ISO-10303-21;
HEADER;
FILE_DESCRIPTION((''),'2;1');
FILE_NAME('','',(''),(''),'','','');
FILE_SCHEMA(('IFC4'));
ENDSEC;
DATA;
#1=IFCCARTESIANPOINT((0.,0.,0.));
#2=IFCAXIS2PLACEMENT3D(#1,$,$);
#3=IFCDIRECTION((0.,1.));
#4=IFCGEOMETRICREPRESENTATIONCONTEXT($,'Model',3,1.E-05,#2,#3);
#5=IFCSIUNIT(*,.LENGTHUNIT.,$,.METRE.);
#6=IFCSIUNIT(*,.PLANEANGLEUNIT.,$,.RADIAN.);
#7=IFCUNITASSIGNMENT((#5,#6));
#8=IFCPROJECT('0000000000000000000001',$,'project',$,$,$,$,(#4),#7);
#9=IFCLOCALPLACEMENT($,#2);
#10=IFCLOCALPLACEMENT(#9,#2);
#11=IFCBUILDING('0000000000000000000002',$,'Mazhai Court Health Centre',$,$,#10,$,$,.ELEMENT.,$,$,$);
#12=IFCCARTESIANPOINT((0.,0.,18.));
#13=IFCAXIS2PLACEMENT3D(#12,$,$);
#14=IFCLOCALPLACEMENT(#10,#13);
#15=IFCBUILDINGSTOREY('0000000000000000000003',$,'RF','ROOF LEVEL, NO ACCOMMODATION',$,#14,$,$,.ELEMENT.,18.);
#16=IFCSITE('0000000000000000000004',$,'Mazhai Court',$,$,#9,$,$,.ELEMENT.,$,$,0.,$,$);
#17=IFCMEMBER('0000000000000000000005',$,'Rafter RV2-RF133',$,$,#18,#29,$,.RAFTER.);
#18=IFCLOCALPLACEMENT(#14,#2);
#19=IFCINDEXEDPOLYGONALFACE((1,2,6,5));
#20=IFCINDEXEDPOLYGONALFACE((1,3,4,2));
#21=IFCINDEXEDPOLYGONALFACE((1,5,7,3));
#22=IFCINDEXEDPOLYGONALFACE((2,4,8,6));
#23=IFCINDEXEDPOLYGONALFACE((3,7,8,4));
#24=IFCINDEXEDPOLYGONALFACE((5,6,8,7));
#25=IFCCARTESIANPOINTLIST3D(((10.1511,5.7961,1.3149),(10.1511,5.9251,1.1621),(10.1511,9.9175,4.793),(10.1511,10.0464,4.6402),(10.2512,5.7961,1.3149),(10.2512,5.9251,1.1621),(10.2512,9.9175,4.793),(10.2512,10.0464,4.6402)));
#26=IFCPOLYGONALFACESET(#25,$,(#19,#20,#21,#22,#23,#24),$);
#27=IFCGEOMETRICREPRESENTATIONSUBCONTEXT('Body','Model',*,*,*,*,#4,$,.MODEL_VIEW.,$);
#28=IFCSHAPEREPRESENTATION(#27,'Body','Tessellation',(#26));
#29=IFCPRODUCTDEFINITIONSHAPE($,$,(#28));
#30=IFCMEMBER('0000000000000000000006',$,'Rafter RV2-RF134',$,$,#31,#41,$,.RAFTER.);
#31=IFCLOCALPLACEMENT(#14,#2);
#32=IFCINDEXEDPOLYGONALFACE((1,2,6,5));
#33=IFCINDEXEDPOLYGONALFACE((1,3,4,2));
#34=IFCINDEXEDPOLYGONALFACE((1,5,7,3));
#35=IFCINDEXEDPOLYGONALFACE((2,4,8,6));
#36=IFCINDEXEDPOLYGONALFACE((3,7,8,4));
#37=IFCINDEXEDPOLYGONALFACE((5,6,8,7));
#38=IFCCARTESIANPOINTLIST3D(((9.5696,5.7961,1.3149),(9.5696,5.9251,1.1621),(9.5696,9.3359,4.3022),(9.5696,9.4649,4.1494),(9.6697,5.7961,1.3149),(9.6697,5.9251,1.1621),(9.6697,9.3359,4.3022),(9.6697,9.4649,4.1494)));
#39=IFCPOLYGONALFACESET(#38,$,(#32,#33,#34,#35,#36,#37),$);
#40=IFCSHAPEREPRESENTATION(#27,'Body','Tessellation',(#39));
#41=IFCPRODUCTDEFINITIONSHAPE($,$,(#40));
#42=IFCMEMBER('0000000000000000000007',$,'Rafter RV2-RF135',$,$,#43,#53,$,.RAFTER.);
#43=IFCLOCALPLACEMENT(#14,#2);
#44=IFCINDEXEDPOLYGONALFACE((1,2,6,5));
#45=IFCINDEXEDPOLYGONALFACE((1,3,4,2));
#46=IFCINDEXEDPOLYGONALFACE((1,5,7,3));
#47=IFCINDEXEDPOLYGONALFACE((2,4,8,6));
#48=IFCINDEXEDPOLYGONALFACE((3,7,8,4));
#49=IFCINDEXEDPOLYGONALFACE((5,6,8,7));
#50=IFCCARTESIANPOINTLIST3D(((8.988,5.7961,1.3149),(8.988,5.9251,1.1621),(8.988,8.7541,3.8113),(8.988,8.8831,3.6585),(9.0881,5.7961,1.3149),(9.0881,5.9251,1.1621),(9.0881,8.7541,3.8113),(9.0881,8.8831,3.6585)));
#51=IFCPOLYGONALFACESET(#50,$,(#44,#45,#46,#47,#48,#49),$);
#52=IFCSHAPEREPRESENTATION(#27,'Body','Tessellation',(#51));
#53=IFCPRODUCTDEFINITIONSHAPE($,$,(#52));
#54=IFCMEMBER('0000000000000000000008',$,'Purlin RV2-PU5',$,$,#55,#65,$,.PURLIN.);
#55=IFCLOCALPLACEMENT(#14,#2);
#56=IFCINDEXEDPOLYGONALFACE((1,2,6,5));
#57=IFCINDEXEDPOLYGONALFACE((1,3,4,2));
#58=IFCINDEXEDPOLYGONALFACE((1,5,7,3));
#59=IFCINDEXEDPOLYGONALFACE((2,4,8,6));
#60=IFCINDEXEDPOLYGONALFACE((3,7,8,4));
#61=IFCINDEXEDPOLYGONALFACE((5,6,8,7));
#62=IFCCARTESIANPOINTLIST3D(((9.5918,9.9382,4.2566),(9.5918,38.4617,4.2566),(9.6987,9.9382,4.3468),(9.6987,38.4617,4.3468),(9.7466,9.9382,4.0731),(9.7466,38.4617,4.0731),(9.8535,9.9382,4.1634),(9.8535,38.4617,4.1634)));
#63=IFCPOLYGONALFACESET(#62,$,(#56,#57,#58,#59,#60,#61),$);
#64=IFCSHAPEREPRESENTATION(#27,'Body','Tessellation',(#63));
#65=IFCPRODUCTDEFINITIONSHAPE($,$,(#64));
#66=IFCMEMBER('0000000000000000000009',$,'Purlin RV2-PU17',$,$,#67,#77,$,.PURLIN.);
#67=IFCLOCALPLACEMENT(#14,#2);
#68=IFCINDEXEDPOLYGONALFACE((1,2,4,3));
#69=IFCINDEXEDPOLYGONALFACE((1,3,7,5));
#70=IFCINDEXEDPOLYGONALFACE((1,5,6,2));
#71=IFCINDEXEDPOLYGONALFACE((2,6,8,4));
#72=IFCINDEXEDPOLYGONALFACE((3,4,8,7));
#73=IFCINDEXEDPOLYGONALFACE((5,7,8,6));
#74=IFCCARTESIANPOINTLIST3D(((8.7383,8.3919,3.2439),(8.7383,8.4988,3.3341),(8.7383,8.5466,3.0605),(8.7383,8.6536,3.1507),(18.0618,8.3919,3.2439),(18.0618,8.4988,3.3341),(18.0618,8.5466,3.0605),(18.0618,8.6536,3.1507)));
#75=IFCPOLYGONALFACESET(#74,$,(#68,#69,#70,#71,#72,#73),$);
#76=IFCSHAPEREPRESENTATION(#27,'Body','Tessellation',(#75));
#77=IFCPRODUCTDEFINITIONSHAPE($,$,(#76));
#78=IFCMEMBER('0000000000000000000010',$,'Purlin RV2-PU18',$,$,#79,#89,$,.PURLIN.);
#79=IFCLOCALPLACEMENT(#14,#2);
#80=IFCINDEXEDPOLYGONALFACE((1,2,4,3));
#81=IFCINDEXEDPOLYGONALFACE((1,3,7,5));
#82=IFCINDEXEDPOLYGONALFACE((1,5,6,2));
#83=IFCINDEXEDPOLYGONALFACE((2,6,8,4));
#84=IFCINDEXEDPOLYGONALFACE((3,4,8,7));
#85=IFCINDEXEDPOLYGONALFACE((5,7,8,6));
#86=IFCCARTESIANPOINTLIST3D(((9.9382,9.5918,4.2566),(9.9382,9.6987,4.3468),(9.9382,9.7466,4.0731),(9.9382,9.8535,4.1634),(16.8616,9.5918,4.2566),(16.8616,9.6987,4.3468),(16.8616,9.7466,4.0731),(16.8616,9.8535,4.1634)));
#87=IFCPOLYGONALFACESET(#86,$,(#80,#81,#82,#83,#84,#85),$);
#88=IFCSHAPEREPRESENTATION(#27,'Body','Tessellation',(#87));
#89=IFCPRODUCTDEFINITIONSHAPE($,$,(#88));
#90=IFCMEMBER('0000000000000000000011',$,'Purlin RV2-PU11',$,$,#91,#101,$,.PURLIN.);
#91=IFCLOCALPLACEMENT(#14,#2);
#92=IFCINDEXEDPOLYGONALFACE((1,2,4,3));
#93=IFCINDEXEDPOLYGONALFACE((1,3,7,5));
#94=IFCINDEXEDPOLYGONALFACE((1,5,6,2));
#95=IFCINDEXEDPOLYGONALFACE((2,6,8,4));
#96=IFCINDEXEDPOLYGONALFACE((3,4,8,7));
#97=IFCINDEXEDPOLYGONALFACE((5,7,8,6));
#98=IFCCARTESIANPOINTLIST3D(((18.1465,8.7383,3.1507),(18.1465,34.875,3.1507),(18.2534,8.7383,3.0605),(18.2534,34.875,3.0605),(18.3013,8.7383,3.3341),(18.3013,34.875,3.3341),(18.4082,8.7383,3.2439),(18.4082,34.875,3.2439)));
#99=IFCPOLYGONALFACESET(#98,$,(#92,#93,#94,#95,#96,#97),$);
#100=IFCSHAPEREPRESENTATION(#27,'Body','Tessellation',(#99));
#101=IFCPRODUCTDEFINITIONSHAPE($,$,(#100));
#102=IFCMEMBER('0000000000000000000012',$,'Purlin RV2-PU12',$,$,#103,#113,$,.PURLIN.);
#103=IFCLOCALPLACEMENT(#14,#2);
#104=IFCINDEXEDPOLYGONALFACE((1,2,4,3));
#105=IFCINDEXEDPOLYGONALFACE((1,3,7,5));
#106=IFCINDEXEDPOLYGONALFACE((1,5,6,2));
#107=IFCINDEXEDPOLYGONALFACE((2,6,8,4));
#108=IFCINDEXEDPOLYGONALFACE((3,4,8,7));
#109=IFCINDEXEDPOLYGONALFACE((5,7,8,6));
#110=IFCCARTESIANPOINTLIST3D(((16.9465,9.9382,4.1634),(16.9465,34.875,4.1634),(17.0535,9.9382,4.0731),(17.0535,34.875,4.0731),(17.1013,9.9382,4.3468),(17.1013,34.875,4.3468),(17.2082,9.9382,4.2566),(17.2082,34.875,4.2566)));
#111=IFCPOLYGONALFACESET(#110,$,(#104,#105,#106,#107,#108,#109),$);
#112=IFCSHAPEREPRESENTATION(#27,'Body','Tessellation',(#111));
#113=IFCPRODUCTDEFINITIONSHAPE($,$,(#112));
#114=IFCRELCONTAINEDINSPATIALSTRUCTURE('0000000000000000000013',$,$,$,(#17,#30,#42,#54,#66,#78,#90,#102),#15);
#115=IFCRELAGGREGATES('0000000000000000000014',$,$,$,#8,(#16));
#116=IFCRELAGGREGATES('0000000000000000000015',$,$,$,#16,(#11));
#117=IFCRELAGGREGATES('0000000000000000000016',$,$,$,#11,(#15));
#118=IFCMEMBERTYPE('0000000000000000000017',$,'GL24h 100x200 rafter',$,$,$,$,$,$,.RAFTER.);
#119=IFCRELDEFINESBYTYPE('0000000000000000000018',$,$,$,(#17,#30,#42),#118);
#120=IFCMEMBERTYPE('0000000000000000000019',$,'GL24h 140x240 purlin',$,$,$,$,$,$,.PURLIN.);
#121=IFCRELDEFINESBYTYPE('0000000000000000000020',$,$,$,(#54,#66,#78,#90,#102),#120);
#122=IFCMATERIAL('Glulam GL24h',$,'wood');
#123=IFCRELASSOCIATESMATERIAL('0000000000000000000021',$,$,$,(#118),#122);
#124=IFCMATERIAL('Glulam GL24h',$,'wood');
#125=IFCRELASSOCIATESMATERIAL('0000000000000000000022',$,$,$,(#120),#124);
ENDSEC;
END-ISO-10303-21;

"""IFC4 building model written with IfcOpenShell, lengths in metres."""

from ifc_helpers import new_model, si_unit, direction, frame, origin, origin_2d, place, context, subcontext, project, spatial, rectangle, extrude, material, material_profile, profile_set, type_object, element, save


model = new_model("IFC4")

# Units and contexts
model_context = context("Model", 3, precision=1e-05, world=origin(), true_north=direction((0.0, 1.0)))
body_context = subcontext(model_context, "Body", "Model", "MODEL_VIEW")
ifc_project = project(units=[si_unit("LENGTHUNIT", "METRE"), si_unit("PLANEANGLEUNIT", "RADIAN")], contexts=[model_context])

# Site, building, storey
site_placement = place(None, origin())
site = spatial("IfcSite", under=ifc_project, at=site_placement, Name="Mazhai Court", CompositionType="ELEMENT", RefElevation=0.0)
building_placement = place(site_placement, origin())
building = spatial("IfcBuilding", under=site, at=building_placement, Name="Mazhai Court Health Centre", CompositionType="ELEMENT")
storey_placement = place(building_placement, frame((0.0, 0.0, 18.0)))
storey = spatial("IfcBuildingStorey", under=building, at=storey_placement, Name="RF", Description="ROOF LEVEL, NO ACCOMMODATION", CompositionType="ELEMENT", Elevation=18.0)

# Members
ifc_material_1 = material(Name="Glulam GL24h", Category="wood")
ifc_material_profile_1 = material_profile(ifc_material_1, rectangle(XDim=0.1001, YDim=0.2, at=origin_2d()), Name="GL24h 100x200")
ifc_profile_set_1 = profile_set([ifc_material_profile_1], Name="Glulam GL24h")
member_type_1 = type_object("IfcMemberType", Name="GL24h 100x200 rafter", PredefinedType="RAFTER", material=ifc_profile_set_1)
member_1_placement = place(storey_placement, frame((10.2012, 5.8606, 1.2385), z_axis=(0.0, 0.764232, 0.644941), x_axis=(-1.0, 0.0, 0.0)))
element("IfcMember", 1, at=member_1_placement, inside=storey, type_object=member_type_1, Name="Rafter RV2-RF133", PredefinedType="RAFTER", context=body_context, shape_type="SweptSolid", body=[
    extrude(rectangle(XDim=0.1001, YDim=0.2, at=origin_2d()), origin(), (0.0, 0.0, 1.0), 5.3928),
])
member_2_placement = place(storey_placement, frame((9.6196, 5.8606, 1.2385), z_axis=(0.0, 0.764227, 0.644947), x_axis=(-1.0, 0.0, 0.0)))
element("IfcMember", 2, at=member_2_placement, inside=storey, type_object=member_type_1, Name="Rafter RV2-RF134", PredefinedType="RAFTER", context=body_context, shape_type="SweptSolid", body=[
    extrude(rectangle(XDim=0.1001, YDim=0.2, at=origin_2d()), origin(), (0.0, 0.0, 1.0), 4.6318),
])
member_3_placement = place(storey_placement, frame((9.0381, 5.8606, 1.2385), z_axis=(0.0, 0.764225, 0.644949), x_axis=(-1.0, 0.0, 0.0)))
element("IfcMember", 3, at=member_3_placement, inside=storey, type_object=member_type_1, Name="Rafter RV2-RF135", PredefinedType="RAFTER", context=body_context, shape_type="SweptSolid", body=[
    extrude(rectangle(XDim=0.1001, YDim=0.2, at=origin_2d()), origin(), (0.0, 0.0, 1.0), 3.8706),
])
ifc_material_2 = material(Name="Glulam GL24h", Category="wood")
ifc_material_profile_2 = material_profile(ifc_material_2, rectangle(XDim=0.1399, YDim=0.24, at=origin_2d()), Name="GL24h 140x240")
ifc_profile_set_2 = profile_set([ifc_material_profile_2], Name="Glulam GL24h")
member_type_2 = type_object("IfcMemberType", Name="GL24h 140x240 purlin", PredefinedType="PURLIN", material=ifc_profile_set_2)
member_4_placement = place(storey_placement, frame((9.7227, 9.9382, 4.21), z_axis=(0.0, 1.0, 0.0), x_axis=(-0.76422, 0.0, -0.644955)))
element("IfcMember", 4, at=member_4_placement, inside=storey, type_object=member_type_2, Name="Purlin RV2-PU5", PredefinedType="PURLIN", context=body_context, shape_type="SweptSolid", body=[
    extrude(rectangle(XDim=0.1399, YDim=0.24, at=origin_2d()), origin(), (0.0, 0.0, 1.0), 28.5234),
])
member_5_placement = place(storey_placement, frame((8.7383, 8.5227, 3.1973), z_axis=(1.0, 0.0, 0.0), x_axis=(0.0, 0.76422, 0.644955)))
element("IfcMember", 5, at=member_5_placement, inside=storey, type_object=member_type_2, Name="Purlin RV2-PU17", PredefinedType="PURLIN", context=body_context, shape_type="SweptSolid", body=[
    extrude(rectangle(XDim=0.1399, YDim=0.24, at=origin_2d()), origin(), (0.0, 0.0, 1.0), 9.3235),
])
member_6_placement = place(storey_placement, frame((9.9382, 9.7227, 4.21), z_axis=(1.0, 0.0, 0.0), x_axis=(0.0, 0.76422, 0.644955)))
element("IfcMember", 6, at=member_6_placement, inside=storey, type_object=member_type_2, Name="Purlin RV2-PU18", PredefinedType="PURLIN", context=body_context, shape_type="SweptSolid", body=[
    extrude(rectangle(XDim=0.1399, YDim=0.24, at=origin_2d()), origin(), (0.0, 0.0, 1.0), 6.9233),
])
member_7_placement = place(storey_placement, frame((18.2773, 8.7383, 3.1973), z_axis=(0.0, 1.0, 0.0), x_axis=(-0.76422, 0.0, 0.644955)))
element("IfcMember", 7, at=member_7_placement, inside=storey, type_object=member_type_2, Name="Purlin RV2-PU11", PredefinedType="PURLIN", context=body_context, shape_type="SweptSolid", body=[
    extrude(rectangle(XDim=0.1399, YDim=0.24, at=origin_2d()), origin(), (0.0, 0.0, 1.0), 26.1367),
])
member_8_placement = place(storey_placement, frame((17.0774, 9.9382, 4.21), z_axis=(0.0, 1.0, 0.0), x_axis=(-0.76422, 0.0, 0.644955)))
element("IfcMember", 8, at=member_8_placement, inside=storey, type_object=member_type_2, Name="Purlin RV2-PU12", PredefinedType="PURLIN", context=body_context, shape_type="SweptSolid", body=[
    extrude(rectangle(XDim=0.1399, YDim=0.24, at=origin_2d()), origin(), (0.0, 0.0, 1.0), 24.9368),
])

save(model, "model.ifc")
